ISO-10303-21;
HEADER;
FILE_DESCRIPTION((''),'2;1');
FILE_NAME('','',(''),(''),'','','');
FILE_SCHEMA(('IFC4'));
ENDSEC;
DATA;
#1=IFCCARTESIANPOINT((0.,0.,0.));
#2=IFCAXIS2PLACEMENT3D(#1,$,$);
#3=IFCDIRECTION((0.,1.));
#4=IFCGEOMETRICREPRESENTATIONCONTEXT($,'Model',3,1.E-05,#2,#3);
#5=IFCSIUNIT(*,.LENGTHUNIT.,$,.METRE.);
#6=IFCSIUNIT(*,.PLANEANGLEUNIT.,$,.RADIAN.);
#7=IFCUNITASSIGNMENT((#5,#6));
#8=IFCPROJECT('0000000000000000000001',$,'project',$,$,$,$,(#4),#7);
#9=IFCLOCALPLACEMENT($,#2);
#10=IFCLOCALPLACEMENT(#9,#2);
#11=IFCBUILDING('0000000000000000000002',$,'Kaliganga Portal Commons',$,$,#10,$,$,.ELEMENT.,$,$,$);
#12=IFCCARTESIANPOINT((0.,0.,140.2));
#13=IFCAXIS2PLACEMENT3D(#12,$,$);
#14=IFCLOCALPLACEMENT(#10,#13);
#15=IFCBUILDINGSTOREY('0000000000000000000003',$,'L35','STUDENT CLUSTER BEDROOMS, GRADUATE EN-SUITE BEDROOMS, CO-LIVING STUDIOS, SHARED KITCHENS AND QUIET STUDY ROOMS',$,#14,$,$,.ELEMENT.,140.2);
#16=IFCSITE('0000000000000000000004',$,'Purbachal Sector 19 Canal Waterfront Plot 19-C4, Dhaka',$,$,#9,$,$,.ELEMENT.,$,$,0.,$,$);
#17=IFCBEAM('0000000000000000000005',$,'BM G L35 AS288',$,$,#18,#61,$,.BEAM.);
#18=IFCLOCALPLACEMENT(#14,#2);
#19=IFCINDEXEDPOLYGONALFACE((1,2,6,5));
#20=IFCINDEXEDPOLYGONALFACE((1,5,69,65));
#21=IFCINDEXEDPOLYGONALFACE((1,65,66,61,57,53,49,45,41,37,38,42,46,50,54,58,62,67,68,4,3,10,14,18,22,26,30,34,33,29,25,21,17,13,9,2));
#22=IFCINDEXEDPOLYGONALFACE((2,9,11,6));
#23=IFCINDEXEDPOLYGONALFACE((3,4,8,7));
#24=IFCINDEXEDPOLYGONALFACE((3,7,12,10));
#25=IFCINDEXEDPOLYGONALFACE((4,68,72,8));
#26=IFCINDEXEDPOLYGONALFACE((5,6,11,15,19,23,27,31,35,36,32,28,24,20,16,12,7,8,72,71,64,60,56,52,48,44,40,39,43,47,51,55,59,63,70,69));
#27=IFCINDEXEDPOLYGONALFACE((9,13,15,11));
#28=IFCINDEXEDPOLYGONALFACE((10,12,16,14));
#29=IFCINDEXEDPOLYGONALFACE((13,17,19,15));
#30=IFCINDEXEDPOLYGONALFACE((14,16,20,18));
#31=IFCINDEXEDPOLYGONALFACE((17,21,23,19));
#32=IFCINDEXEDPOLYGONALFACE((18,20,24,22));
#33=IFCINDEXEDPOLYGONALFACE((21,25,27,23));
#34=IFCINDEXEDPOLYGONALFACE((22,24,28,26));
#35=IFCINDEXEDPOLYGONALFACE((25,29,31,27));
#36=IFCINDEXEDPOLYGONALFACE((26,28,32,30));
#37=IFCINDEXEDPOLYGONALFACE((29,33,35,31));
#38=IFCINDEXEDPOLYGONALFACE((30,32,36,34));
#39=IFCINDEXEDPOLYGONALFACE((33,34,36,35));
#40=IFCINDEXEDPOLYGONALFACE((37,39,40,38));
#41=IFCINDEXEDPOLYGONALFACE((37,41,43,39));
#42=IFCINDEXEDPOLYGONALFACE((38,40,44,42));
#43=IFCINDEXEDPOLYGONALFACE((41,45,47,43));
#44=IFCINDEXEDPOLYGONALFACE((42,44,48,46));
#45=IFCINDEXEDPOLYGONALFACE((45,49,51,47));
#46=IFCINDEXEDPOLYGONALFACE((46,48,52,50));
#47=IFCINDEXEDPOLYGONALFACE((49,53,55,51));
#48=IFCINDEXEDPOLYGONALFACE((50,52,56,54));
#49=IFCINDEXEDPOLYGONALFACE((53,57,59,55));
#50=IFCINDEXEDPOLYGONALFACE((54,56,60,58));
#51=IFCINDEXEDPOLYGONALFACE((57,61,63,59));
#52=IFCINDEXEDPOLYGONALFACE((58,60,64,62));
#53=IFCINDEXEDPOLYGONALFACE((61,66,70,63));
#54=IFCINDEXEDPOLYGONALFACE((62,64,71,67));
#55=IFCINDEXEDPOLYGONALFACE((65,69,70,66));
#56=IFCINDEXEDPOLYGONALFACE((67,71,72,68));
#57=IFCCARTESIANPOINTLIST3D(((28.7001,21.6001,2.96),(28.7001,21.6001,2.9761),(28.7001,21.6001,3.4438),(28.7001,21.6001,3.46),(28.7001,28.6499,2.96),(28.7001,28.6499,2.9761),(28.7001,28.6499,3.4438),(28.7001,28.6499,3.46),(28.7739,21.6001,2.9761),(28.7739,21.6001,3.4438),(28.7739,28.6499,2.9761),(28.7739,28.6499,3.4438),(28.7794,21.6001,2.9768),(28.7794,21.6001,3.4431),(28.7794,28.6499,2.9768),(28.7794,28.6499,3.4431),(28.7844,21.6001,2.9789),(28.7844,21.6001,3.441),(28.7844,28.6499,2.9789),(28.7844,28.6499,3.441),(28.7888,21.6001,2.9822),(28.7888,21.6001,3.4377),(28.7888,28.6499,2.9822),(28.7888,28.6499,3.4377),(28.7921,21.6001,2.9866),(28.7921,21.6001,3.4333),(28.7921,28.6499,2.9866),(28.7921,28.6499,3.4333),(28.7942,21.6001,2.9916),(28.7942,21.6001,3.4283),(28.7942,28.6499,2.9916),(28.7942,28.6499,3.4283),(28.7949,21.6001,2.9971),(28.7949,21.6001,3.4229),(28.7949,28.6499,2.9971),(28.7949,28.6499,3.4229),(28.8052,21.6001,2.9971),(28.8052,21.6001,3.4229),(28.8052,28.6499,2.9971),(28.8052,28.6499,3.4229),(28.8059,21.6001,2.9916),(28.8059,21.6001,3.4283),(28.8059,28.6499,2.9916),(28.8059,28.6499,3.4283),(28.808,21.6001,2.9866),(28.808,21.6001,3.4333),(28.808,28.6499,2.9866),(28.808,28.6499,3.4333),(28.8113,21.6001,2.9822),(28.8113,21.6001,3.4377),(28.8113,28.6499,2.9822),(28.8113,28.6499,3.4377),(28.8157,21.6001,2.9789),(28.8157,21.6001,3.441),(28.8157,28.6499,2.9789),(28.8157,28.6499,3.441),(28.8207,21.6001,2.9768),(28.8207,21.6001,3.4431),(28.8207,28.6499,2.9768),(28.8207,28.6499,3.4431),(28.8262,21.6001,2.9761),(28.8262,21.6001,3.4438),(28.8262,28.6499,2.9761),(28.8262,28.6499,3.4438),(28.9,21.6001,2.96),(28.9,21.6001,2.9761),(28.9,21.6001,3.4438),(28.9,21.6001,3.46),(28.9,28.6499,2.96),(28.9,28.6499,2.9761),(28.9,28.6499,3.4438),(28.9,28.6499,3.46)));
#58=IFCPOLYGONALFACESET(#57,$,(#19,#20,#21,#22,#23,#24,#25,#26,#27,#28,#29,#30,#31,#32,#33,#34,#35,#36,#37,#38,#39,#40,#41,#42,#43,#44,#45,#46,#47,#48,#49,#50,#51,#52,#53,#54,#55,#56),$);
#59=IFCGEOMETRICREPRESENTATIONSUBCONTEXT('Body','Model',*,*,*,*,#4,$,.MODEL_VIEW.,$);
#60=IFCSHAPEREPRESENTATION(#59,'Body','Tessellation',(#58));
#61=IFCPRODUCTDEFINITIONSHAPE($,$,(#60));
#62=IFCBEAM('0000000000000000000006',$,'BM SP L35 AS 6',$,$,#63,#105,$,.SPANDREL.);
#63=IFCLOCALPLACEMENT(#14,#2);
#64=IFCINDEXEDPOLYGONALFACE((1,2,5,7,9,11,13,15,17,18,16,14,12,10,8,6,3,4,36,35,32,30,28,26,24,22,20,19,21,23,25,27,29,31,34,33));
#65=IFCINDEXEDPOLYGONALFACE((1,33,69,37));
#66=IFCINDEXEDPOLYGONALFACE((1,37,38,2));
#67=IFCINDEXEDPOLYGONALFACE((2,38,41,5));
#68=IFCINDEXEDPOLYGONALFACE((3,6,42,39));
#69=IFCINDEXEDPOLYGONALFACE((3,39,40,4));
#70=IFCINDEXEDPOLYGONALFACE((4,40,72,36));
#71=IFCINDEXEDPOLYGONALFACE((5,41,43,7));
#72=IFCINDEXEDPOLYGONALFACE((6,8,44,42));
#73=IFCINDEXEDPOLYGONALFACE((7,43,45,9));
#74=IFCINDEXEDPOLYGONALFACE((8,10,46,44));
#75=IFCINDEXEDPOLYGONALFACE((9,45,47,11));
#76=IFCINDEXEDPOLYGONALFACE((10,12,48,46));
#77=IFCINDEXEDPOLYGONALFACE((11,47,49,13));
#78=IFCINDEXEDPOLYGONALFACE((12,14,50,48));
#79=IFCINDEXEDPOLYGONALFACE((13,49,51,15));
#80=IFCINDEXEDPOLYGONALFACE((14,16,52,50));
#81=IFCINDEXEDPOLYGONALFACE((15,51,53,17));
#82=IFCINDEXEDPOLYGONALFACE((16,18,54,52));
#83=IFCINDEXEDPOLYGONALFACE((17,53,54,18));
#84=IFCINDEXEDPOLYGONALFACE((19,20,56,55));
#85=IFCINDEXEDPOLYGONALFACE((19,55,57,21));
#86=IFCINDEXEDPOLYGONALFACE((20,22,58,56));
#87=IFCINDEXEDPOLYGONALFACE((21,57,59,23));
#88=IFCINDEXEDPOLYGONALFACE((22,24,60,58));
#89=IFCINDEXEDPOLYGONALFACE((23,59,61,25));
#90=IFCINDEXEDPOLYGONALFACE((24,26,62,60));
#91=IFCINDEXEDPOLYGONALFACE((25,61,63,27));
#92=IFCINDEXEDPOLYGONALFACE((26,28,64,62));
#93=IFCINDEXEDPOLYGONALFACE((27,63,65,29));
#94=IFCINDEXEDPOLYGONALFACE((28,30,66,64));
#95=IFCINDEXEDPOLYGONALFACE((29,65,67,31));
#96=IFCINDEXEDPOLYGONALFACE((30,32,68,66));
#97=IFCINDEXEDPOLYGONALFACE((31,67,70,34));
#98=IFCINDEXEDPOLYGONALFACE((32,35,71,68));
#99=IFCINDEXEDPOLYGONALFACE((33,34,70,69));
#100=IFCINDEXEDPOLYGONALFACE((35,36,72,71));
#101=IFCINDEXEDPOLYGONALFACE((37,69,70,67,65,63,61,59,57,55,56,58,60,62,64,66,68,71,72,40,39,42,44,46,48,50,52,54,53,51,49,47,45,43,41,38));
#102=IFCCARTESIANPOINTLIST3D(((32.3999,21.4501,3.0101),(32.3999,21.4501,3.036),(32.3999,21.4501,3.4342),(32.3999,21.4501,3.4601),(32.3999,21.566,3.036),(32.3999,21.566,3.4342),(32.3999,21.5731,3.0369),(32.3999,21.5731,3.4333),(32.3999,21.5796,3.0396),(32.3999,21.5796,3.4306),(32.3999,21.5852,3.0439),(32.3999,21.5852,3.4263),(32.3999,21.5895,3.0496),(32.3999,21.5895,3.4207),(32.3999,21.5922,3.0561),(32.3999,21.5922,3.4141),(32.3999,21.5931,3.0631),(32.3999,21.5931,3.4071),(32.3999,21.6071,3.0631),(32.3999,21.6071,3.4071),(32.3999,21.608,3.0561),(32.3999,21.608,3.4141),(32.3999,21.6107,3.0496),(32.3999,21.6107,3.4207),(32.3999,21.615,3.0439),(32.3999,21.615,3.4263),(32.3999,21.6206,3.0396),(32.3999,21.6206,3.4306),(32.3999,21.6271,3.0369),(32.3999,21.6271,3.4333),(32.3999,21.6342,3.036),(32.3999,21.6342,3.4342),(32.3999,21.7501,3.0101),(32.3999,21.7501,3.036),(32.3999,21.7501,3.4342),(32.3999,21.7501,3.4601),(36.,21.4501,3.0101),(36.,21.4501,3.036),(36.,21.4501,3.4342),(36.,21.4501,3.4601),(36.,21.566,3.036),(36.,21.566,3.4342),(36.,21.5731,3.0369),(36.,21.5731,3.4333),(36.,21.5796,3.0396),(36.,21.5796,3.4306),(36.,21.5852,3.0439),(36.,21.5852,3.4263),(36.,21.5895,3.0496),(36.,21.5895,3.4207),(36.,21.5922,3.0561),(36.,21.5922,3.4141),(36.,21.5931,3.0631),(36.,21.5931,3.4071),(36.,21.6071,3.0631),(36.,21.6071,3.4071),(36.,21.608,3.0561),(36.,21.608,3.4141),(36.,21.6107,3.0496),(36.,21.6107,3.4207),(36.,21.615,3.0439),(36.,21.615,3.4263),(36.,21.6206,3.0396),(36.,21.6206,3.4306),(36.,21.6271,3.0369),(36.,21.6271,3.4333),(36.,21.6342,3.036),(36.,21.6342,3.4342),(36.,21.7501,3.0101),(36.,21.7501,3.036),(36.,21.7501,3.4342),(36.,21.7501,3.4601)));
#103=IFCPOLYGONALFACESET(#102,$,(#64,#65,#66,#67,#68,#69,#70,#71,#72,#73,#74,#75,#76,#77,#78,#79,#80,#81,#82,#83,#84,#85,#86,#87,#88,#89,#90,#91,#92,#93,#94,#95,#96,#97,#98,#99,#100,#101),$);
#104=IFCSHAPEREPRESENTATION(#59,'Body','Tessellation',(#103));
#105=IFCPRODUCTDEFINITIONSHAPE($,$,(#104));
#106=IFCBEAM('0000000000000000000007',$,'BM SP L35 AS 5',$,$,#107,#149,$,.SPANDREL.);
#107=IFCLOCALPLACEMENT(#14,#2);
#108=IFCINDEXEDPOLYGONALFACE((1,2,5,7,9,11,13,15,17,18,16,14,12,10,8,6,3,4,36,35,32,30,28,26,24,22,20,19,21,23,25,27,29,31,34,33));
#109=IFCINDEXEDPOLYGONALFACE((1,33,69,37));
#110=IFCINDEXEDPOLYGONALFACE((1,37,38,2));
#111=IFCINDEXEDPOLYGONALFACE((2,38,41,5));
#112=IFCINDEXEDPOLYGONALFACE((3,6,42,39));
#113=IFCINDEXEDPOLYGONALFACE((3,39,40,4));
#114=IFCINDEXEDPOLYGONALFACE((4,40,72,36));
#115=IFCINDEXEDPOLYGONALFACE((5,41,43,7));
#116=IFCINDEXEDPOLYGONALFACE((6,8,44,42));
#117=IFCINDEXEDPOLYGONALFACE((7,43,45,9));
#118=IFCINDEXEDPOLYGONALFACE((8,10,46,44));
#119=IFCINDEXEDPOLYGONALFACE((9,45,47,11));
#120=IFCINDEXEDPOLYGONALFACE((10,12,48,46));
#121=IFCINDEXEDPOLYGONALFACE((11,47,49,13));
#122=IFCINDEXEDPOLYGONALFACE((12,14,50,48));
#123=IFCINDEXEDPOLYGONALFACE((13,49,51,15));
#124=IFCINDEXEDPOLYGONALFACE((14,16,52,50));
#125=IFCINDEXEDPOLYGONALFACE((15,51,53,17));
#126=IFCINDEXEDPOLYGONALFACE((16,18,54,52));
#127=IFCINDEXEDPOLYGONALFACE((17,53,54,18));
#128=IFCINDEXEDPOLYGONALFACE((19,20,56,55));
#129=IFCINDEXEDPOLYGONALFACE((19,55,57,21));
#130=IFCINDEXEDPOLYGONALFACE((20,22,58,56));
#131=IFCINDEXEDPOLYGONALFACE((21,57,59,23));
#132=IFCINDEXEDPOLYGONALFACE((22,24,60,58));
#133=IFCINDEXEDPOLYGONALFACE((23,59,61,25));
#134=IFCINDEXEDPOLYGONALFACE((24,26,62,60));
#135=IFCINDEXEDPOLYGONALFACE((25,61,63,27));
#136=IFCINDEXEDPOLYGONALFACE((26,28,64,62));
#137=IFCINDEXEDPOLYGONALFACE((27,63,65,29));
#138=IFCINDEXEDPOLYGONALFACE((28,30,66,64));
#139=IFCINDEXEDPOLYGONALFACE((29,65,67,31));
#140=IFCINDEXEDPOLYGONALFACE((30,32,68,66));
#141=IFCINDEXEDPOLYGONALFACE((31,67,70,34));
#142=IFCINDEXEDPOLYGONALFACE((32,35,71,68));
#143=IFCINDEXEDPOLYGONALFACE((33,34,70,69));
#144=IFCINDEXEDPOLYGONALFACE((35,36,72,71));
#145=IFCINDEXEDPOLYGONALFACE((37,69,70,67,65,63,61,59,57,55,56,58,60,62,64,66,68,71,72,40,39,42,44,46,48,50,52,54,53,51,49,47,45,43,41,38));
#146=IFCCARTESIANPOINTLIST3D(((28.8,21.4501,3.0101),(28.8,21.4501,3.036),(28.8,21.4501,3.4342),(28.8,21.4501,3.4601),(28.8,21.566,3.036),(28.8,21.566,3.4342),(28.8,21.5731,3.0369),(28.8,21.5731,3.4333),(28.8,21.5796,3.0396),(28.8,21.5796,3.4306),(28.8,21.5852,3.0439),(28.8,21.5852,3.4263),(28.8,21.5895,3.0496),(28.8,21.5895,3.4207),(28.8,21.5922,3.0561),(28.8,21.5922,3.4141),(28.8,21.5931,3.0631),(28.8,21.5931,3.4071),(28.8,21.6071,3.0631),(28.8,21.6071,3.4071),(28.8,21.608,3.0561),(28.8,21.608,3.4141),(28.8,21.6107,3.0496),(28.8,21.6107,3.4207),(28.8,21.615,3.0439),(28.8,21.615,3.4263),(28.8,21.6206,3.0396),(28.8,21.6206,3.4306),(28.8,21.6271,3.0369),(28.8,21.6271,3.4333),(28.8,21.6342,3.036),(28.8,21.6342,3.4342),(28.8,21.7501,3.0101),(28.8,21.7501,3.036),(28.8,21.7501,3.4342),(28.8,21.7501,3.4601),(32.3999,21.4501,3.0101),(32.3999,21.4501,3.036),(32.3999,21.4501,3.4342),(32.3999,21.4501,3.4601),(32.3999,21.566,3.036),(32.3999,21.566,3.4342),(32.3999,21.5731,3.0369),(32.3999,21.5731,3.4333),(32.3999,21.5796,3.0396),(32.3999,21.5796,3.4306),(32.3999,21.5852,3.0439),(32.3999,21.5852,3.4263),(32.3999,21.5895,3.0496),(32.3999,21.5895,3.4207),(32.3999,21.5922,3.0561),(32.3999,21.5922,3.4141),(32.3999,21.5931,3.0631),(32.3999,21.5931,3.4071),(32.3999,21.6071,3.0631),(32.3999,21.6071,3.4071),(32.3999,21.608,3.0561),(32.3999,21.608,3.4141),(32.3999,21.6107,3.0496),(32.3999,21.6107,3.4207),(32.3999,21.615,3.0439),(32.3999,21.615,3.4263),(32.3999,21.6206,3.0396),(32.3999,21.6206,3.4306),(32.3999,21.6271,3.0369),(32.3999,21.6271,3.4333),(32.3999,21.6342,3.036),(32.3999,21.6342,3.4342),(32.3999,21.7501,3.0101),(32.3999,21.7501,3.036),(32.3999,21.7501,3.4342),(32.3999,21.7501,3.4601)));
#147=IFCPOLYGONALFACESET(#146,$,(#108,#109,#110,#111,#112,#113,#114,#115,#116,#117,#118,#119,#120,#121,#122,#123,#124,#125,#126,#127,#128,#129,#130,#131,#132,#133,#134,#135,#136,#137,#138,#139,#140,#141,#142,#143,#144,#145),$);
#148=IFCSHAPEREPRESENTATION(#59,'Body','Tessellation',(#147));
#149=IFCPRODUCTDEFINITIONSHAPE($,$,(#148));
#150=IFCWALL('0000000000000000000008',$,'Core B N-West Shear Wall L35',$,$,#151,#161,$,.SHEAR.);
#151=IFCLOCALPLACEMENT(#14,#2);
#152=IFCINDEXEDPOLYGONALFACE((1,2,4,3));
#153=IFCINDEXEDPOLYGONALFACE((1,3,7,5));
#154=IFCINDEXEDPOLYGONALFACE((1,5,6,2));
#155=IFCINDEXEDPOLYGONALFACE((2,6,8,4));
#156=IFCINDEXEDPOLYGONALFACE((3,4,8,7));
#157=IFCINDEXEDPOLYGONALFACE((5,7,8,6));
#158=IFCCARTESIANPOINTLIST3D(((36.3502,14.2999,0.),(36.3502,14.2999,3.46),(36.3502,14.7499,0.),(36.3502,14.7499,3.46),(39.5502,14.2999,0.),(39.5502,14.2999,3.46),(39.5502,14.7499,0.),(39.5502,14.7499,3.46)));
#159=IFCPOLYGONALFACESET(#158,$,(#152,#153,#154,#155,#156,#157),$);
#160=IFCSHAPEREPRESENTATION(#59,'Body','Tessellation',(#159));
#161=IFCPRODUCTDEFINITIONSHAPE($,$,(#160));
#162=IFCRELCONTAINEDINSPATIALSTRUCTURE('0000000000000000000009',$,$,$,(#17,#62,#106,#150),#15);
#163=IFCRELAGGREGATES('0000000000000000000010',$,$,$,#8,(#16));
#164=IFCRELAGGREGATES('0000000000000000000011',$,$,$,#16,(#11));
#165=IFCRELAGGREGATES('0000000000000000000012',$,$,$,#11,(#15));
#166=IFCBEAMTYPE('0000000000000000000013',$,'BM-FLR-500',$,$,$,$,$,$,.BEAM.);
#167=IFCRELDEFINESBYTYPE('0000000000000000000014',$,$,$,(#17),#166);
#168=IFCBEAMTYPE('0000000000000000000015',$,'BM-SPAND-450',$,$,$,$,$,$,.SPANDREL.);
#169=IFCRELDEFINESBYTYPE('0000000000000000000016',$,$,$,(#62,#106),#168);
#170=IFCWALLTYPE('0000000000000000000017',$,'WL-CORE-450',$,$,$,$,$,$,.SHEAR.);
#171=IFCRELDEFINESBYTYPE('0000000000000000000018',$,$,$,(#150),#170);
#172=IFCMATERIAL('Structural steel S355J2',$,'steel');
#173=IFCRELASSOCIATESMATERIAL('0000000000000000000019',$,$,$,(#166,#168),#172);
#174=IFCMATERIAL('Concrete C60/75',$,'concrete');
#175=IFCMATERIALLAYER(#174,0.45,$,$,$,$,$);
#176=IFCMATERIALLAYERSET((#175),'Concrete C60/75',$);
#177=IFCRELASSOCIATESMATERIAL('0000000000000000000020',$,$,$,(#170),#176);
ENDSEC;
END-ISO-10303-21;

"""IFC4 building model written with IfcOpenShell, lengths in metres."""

from ifc_helpers import new_model, si_unit, direction, frame, frame_2d, origin, origin_2d, place, context, subcontext, project, spatial, rectangle, i_section, extrude, source, transform, mapped, material, layer, layer_set, material_profile, profile_set, type_object, element, save


model = new_model("IFC4")

# Units and contexts
model_context = context("Model", 3, precision=1e-05, world=origin(), true_north=direction((0.0, 1.0)))
body_context = subcontext(model_context, "Body", "Model", "MODEL_VIEW")
ifc_project = project(units=[si_unit("LENGTHUNIT", "METRE"), si_unit("PLANEANGLEUNIT", "RADIAN")], contexts=[model_context])

# Site, building, storey
site_placement = place(None, origin())
site = spatial("IfcSite", under=ifc_project, at=site_placement, Name="Purbachal Sector 19 Canal Waterfront Plot 19-C4, Dhaka", CompositionType="ELEMENT", RefElevation=0.0)
building_placement = place(site_placement, origin())
building = spatial("IfcBuilding", under=site, at=building_placement, Name="Kaliganga Portal Commons", CompositionType="ELEMENT")
storey_placement = place(building_placement, frame((0.0, 0.0, 140.2)))
storey = spatial("IfcBuildingStorey", under=building, at=storey_placement, Name="L35", Description="STUDENT CLUSTER BEDROOMS, GRADUATE EN-SUITE BEDROOMS, CO-LIVING STUDIOS, SHARED KITCHENS AND QUIET STUDY ROOMS", CompositionType="ELEMENT", Elevation=140.2)

# Shared definitions
ifc_material_1 = material(Name="Concrete C60/75", Category="concrete")

# Beams
ifc_material_2 = material(Name="Structural steel S355J2", Category="steel")
ifc_material_profile_1 = material_profile(ifc_material_2, i_section(OverallWidth=0.2, OverallDepth=0.5, WebThickness=0.0103, FlangeThickness=0.0161, FilletRadius=0.021, at=origin_2d()), Name="IPE 500")
ifc_profile_set_1 = profile_set([ifc_material_profile_1], Name="Structural steel S355J2 wide-flange")
beam_type_1 = type_object("IfcBeamType", Name="BM-FLR-500", PredefinedType="BEAM", material=ifc_profile_set_1)
shared_shape_1 = source(origin(), body_context, "Body", "SweptSolid", [
    extrude(i_section(OverallWidth=0.2, OverallDepth=0.5, WebThickness=0.0103, FlangeThickness=0.0161, FilletRadius=0.021, at=origin_2d()), origin(), (0.0, 0.0, 1.0), 7.0498),
])
beam_1_placement = place(storey_placement, frame((28.8, 21.6001, 3.21), z_axis=(0.0, 1.0, 0.0), x_axis=(-1.0, 0.0, 0.0)))
element("IfcBeam", 1, at=beam_1_placement, inside=storey, type_object=beam_type_1, Name="BM G L35 AS288", PredefinedType="BEAM", context=body_context, shape_type="MappedRepresentation", body=[
    mapped(shared_shape_1, transform((0.0, 0.0, 0.0), x_axis=(1.0, 0.0, 0.0), y_axis=(0.0, 1.0, 0.0), z_axis=(0.0, 0.0, 1.0), scale=1.0)),
])
ifc_material_profile_2 = material_profile(ifc_material_2, i_section(OverallWidth=0.3, OverallDepth=0.45, WebThickness=0.0139, FlangeThickness=0.0259, FilletRadius=0.0271, at=origin_2d()), Name="HE 450 B")
ifc_profile_set_2 = profile_set([ifc_material_profile_2], Name="Structural steel S355J2 wide-flange")
beam_type_2 = type_object("IfcBeamType", Name="BM-SPAND-450", PredefinedType="SPANDREL", material=ifc_profile_set_2)
shared_shape_2 = source(origin(), body_context, "Body", "SweptSolid", [
    extrude(i_section(OverallWidth=0.3, OverallDepth=0.45, WebThickness=0.0139, FlangeThickness=0.0259, FilletRadius=0.0271, at=origin_2d()), origin(), (0.0, 0.0, 1.0), 3.6001),
])
beam_2_placement = place(storey_placement, frame((32.3999, 21.6001, 3.2351), z_axis=(1.0, 0.0, 0.0), x_axis=(0.0, 1.0, 0.0)))
element("IfcBeam", 2, at=beam_2_placement, inside=storey, type_object=beam_type_2, Name="BM SP L35 AS 6", PredefinedType="SPANDREL", context=body_context, shape_type="MappedRepresentation", body=[
    mapped(shared_shape_2, transform((0.0, 0.0, 0.0), x_axis=(1.0, 0.0, 0.0), y_axis=(0.0, 1.0, 0.0), z_axis=(0.0, 0.0, 1.0), scale=1.0)),
])
shared_shape_3 = source(origin(), body_context, "Body", "SweptSolid", [
    extrude(i_section(OverallWidth=0.3, OverallDepth=0.45, WebThickness=0.0139, FlangeThickness=0.0259, FilletRadius=0.0271, at=origin_2d()), origin(), (0.0, 0.0, 1.0), 3.5999),
])
beam_3_placement = place(storey_placement, frame((28.8, 21.6001, 3.2351), z_axis=(1.0, 0.0, 0.0), x_axis=(0.0, 1.0, 0.0)))
element("IfcBeam", 3, at=beam_3_placement, inside=storey, type_object=beam_type_2, Name="BM SP L35 AS 5", PredefinedType="SPANDREL", context=body_context, shape_type="MappedRepresentation", body=[
    mapped(shared_shape_3, transform((0.0, 0.0, 0.0), x_axis=(1.0, 0.0, 0.0), y_axis=(0.0, 1.0, 0.0), z_axis=(0.0, 0.0, 1.0), scale=1.0)),
])

# Wall
ifc_layer_1 = layer(ifc_material_1, 0.45)
ifc_layer_set_1 = layer_set([ifc_layer_1], Name="Concrete C60/75")
wall_type_1 = type_object("IfcWallType", Name="WL-CORE-450", PredefinedType="SHEAR", material=ifc_layer_set_1)
wall_1_placement = place(storey_placement, frame((36.3501, 14.5249, 0.0), z_axis=(0.0, 0.0, 1.0), x_axis=(1.0, 0.0, 0.0)))
element("IfcWall", 4, at=wall_1_placement, inside=storey, type_object=wall_type_1, Name="Core B N-West Shear Wall L35", PredefinedType="SHEAR", context=body_context, shape_type="SweptSolid", body=[
    extrude(rectangle(XDim=3.2, YDim=0.45, at=frame_2d((1.6001, 0.0))), origin(), (0.0, 0.0, 1.0), 3.46),
])

save(model, "model.ifc")
